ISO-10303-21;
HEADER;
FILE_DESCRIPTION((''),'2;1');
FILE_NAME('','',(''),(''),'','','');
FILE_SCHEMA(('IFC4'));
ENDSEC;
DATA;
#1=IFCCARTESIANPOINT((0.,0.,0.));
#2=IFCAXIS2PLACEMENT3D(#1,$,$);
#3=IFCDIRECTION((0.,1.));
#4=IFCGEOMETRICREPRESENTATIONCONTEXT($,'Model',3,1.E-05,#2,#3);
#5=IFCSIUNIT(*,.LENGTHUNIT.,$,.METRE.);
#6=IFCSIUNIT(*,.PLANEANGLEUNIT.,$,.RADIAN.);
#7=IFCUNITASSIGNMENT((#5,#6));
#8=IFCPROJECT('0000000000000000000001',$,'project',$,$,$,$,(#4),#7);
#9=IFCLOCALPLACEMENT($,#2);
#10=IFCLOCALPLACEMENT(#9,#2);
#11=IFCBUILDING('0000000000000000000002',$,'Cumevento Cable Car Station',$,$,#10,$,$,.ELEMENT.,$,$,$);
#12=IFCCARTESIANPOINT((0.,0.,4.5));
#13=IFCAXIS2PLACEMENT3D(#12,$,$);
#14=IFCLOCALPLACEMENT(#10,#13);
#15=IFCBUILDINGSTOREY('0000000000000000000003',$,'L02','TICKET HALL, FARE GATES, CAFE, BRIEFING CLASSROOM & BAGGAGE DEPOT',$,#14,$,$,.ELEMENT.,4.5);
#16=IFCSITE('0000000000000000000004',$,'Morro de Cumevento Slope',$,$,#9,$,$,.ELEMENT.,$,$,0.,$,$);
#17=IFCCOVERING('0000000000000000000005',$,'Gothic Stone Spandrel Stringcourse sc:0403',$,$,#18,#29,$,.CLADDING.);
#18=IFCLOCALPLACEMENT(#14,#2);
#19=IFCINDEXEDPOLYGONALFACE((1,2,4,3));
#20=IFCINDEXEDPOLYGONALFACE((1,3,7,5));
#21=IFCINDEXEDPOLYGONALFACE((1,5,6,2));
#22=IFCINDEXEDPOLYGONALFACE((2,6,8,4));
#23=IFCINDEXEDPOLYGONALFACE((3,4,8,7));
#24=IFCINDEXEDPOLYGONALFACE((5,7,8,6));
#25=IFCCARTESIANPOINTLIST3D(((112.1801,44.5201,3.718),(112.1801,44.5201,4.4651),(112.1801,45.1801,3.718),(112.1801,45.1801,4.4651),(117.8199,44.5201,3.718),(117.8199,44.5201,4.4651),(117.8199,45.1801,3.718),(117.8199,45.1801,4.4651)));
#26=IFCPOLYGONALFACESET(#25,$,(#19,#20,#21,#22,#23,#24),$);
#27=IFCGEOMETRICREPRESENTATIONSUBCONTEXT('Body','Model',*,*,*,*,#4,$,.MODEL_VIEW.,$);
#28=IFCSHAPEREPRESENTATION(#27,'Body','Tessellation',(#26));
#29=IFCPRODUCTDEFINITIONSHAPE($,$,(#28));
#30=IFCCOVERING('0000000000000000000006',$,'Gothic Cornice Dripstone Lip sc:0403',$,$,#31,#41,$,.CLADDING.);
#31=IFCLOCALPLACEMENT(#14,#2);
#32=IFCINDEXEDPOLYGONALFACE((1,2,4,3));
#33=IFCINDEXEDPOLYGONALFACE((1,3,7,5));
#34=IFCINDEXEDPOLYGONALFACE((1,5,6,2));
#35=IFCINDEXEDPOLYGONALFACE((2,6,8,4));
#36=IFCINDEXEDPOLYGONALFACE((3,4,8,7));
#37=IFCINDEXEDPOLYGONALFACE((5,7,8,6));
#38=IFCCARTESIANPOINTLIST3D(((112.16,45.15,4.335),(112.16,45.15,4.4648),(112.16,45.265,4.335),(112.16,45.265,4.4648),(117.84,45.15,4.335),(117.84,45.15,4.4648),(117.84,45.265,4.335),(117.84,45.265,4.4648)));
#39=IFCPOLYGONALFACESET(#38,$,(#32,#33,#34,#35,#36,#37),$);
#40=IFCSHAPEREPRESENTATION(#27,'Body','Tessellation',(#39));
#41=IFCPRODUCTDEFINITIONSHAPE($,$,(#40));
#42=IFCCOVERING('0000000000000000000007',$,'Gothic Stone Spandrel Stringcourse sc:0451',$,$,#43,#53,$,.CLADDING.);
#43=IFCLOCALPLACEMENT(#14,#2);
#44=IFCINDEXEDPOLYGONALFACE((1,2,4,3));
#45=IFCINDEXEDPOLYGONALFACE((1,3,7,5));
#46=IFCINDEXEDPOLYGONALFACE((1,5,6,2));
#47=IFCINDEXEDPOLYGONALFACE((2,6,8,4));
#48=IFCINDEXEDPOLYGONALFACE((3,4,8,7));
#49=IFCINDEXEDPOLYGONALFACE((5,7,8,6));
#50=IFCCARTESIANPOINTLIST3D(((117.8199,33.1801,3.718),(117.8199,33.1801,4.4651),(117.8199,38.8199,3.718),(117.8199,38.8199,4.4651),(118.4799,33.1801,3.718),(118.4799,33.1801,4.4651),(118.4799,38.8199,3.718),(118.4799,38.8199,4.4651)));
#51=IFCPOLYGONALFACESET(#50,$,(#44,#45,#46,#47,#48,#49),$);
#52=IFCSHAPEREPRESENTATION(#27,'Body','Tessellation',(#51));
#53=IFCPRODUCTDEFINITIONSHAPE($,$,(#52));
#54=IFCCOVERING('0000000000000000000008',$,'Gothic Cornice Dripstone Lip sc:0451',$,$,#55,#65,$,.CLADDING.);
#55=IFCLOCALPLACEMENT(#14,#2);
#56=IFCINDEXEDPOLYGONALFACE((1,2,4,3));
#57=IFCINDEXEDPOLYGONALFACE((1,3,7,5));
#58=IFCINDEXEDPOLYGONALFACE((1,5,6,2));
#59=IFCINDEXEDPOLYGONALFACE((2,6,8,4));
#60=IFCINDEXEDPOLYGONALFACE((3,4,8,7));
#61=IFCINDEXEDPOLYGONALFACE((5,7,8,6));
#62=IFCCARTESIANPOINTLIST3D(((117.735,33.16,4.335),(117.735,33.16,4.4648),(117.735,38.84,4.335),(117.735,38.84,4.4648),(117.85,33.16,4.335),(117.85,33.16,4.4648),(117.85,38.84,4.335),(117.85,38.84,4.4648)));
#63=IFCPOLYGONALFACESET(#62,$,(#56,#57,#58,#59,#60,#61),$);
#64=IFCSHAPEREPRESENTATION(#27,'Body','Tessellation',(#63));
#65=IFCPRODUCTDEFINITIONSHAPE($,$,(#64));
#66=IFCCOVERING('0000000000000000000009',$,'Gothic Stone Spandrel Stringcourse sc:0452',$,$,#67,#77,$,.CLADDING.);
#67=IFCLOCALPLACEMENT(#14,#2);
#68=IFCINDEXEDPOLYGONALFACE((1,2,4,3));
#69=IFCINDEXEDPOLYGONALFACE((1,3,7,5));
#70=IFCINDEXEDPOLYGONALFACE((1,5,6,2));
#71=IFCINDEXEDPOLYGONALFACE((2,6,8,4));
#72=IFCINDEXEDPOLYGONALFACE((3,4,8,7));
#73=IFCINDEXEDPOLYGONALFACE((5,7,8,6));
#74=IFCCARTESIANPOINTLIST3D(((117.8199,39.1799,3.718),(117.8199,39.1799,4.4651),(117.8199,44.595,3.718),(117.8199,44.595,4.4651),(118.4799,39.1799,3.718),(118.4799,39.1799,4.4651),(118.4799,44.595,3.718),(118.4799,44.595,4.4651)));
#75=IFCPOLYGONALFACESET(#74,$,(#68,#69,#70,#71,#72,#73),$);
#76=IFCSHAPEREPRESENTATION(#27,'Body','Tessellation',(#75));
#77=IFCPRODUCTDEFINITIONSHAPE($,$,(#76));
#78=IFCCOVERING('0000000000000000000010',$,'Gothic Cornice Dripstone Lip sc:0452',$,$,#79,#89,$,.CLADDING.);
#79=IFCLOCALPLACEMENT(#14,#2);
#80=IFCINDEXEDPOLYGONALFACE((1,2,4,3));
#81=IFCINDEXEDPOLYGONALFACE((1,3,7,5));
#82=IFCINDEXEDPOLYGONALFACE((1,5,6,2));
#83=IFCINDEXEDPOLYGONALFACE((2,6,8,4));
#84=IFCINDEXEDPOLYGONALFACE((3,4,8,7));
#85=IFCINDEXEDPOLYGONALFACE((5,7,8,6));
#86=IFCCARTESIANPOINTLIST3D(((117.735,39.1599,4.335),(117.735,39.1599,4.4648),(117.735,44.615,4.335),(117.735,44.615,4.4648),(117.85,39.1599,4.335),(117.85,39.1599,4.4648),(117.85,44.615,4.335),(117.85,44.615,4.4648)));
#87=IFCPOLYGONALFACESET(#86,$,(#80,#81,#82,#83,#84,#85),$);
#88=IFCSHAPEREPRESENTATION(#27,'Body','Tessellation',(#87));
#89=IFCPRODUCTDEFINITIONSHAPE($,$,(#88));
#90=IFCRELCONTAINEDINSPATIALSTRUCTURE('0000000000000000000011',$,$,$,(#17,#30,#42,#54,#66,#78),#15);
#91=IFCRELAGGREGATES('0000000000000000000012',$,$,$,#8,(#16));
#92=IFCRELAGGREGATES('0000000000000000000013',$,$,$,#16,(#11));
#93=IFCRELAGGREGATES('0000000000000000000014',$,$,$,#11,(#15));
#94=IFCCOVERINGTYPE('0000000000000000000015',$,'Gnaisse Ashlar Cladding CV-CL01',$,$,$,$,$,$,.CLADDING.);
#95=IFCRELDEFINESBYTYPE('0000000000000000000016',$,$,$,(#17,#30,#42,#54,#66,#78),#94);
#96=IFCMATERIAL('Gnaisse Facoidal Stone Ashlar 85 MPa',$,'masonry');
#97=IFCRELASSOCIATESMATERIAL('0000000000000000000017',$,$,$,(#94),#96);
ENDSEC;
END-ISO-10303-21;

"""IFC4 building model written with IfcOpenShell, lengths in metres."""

from ifc_helpers import new_model, si_unit, direction, frame, origin, origin_2d, place, context, subcontext, project, spatial, rectangle, extrude, material, type_object, element, save


model = new_model("IFC4")

# Units and contexts
model_context = context("Model", 3, precision=1e-05, world=origin(), true_north=direction((0.0, 1.0)))
body_context = subcontext(model_context, "Body", "Model", "MODEL_VIEW")
ifc_project = project(units=[si_unit("LENGTHUNIT", "METRE"), si_unit("PLANEANGLEUNIT", "RADIAN")], contexts=[model_context])

# Site, building, storey
site_placement = place(None, origin())
site = spatial("IfcSite", under=ifc_project, at=site_placement, Name="Morro de Cumevento Slope", CompositionType="ELEMENT", RefElevation=0.0)
building_placement = place(site_placement, origin())
building = spatial("IfcBuilding", under=site, at=building_placement, Name="Cumevento Cable Car Station", CompositionType="ELEMENT")
storey_placement = place(building_placement, frame((0.0, 0.0, 4.5)))
storey = spatial("IfcBuildingStorey", under=building, at=storey_placement, Name="L02", Description="TICKET HALL, FARE GATES, CAFE, BRIEFING CLASSROOM & BAGGAGE DEPOT", CompositionType="ELEMENT", Elevation=4.5)

# Coverings
ifc_material_1 = material(Name="Gnaisse Facoidal Stone Ashlar 85 MPa", Category="masonry")
covering_type = type_object("IfcCoveringType", Name="Gnaisse Ashlar Cladding CV-CL01", PredefinedType="CLADDING", material=ifc_material_1)
covering_1_placement = place(storey_placement, frame((115.0, 44.8501, 3.718), z_axis=(0.0, 0.0, 1.0), x_axis=(1.0, 0.0, 0.0)))
element("IfcCovering", 1, at=covering_1_placement, inside=storey, type_object=covering_type, Name="Gothic Stone Spandrel Stringcourse sc:0403", PredefinedType="CLADDING", context=body_context, shape_type="SweptSolid", body=[
    extrude(rectangle(XDim=5.6399, YDim=0.6599, at=origin_2d()), origin(), (0.0, 0.0, 1.0), 0.7471),
])
covering_2_placement = place(storey_placement, frame((115.0, 45.2075, 4.335), z_axis=(0.0, 0.0, 1.0), x_axis=(1.0, 0.0, 0.0)))
element("IfcCovering", 2, at=covering_2_placement, inside=storey, type_object=covering_type, Name="Gothic Cornice Dripstone Lip sc:0403", PredefinedType="CLADDING", context=body_context, shape_type="SweptSolid", body=[
    extrude(rectangle(XDim=5.6799, YDim=0.115, at=origin_2d()), origin(), (0.0, 0.0, 1.0), 0.1299),
])
covering_3_placement = place(storey_placement, frame((118.1499, 36.0, 3.718), z_axis=(0.0, 0.0, 1.0), x_axis=(0.0, 1.0, 0.0)))
element("IfcCovering", 3, at=covering_3_placement, inside=storey, type_object=covering_type, Name="Gothic Stone Spandrel Stringcourse sc:0451", PredefinedType="CLADDING", context=body_context, shape_type="SweptSolid", body=[
    extrude(rectangle(XDim=5.6399, YDim=0.6599, at=origin_2d()), origin(), (0.0, 0.0, 1.0), 0.7471),
])
covering_4_placement = place(storey_placement, frame((117.7925, 36.0, 4.335), z_axis=(0.0, 0.0, 1.0), x_axis=(0.0, 1.0, 0.0)))
element("IfcCovering", 4, at=covering_4_placement, inside=storey, type_object=covering_type, Name="Gothic Cornice Dripstone Lip sc:0451", PredefinedType="CLADDING", context=body_context, shape_type="SweptSolid", body=[
    extrude(rectangle(XDim=5.6799, YDim=0.115, at=origin_2d()), origin(), (0.0, 0.0, 1.0), 0.1299),
])
covering_5_placement = place(storey_placement, frame((118.1499, 41.8875, 3.718), z_axis=(0.0, 0.0, 1.0), x_axis=(0.0, 1.0, 0.0)))
element("IfcCovering", 5, at=covering_5_placement, inside=storey, type_object=covering_type, Name="Gothic Stone Spandrel Stringcourse sc:0452", PredefinedType="CLADDING", context=body_context, shape_type="SweptSolid", body=[
    extrude(rectangle(XDim=5.415, YDim=0.6599, at=origin_2d()), origin(), (0.0, 0.0, 1.0), 0.7471),
])
covering_6_placement = place(storey_placement, frame((117.7925, 41.8875, 4.335), z_axis=(0.0, 0.0, 1.0), x_axis=(0.0, 1.0, 0.0)))
element("IfcCovering", 6, at=covering_6_placement, inside=storey, type_object=covering_type, Name="Gothic Cornice Dripstone Lip sc:0452", PredefinedType="CLADDING", context=body_context, shape_type="SweptSolid", body=[
    extrude(rectangle(XDim=5.4551, YDim=0.115, at=origin_2d()), origin(), (0.0, 0.0, 1.0), 0.1299),
])

save(model, "model.ifc")
